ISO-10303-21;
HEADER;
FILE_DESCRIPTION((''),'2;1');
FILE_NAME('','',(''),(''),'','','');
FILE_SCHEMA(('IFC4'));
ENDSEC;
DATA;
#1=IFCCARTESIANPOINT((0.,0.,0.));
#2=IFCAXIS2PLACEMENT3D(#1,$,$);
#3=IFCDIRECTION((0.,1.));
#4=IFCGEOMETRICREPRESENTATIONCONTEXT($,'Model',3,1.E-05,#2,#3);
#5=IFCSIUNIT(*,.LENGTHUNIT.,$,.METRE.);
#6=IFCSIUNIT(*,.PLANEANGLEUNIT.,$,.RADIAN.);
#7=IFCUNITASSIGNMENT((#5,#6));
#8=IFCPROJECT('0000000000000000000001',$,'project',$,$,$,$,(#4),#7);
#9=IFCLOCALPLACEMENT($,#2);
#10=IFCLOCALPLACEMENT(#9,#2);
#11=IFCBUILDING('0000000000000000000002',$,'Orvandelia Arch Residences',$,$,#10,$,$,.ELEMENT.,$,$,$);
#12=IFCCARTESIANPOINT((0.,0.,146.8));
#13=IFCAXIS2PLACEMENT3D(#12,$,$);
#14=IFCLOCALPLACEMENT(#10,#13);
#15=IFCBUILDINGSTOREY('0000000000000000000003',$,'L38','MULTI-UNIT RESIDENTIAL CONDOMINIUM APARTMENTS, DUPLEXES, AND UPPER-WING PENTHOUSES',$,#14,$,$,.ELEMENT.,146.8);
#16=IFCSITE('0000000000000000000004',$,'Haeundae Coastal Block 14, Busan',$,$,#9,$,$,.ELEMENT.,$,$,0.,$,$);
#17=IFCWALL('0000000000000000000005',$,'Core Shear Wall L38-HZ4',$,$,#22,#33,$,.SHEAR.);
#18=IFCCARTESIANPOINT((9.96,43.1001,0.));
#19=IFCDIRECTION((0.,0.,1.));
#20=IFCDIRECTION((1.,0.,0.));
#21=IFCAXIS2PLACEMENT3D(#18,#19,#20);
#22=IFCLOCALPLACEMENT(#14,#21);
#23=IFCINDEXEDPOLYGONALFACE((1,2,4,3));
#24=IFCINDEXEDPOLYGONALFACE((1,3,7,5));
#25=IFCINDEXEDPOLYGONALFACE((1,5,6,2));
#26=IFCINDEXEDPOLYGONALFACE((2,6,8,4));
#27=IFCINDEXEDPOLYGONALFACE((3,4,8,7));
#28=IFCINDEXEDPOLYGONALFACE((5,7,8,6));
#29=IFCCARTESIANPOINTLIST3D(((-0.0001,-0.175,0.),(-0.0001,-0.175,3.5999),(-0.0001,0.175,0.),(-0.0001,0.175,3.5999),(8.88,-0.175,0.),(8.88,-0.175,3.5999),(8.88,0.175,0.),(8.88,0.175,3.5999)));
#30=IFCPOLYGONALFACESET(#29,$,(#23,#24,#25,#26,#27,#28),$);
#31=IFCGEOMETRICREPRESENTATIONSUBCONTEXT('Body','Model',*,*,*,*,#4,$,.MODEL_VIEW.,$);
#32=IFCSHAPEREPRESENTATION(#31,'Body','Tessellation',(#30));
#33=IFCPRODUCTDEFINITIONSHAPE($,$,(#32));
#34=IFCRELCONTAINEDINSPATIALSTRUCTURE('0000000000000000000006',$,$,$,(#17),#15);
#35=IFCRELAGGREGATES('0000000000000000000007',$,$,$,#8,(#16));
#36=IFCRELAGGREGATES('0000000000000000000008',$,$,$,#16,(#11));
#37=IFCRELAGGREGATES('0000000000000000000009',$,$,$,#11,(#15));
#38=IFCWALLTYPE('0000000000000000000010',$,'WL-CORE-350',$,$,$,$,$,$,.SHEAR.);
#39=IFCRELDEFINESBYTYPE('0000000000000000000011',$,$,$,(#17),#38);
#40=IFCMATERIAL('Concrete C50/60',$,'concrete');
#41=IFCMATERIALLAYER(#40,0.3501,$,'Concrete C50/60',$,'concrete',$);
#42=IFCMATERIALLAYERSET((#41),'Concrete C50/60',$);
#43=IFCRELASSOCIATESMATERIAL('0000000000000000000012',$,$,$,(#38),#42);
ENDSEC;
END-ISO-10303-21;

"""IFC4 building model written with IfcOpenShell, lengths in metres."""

from ifc_helpers import new_model, si_unit, direction, frame, frame_2d, origin, place, context, subcontext, project, spatial, rectangle, extrude, material, layer, layer_set, type_object, element, save


model = new_model("IFC4")

# Units and contexts
model_context = context("Model", 3, precision=1e-05, world=origin(), true_north=direction((0.0, 1.0)))
body_context = subcontext(model_context, "Body", "Model", "MODEL_VIEW")
ifc_project = project(units=[si_unit("LENGTHUNIT", "METRE"), si_unit("PLANEANGLEUNIT", "RADIAN")], contexts=[model_context])

# Site, building, storey
site_placement = place(None, origin())
site = spatial("IfcSite", under=ifc_project, at=site_placement, Name="Haeundae Coastal Block 14, Busan", CompositionType="ELEMENT", RefElevation=0.0)
building_placement = place(site_placement, origin())
building = spatial("IfcBuilding", under=site, at=building_placement, Name="Orvandelia Arch Residences", CompositionType="ELEMENT")
storey_placement = place(building_placement, frame((0.0, 0.0, 146.8)))
storey = spatial("IfcBuildingStorey", under=building, at=storey_placement, Name="L38", Description="MULTI-UNIT RESIDENTIAL CONDOMINIUM APARTMENTS, DUPLEXES, AND UPPER-WING PENTHOUSES", CompositionType="ELEMENT", Elevation=146.8)

# Wall
ifc_material_1 = material(Name="Concrete C50/60", Category="concrete")
ifc_layer_1 = layer(ifc_material_1, 0.3501, Name="Concrete C50/60", Category="concrete")
ifc_layer_set_1 = layer_set([ifc_layer_1], Name="Concrete C50/60")
wall_type_1 = type_object("IfcWallType", Name="WL-CORE-350", PredefinedType="SHEAR", material=ifc_layer_set_1)
wall_1_placement = place(storey_placement, frame((9.96, 43.1001, 0.0), z_axis=(0.0, 0.0, 1.0), x_axis=(1.0, 0.0, 0.0)))
element("IfcWall", 1, at=wall_1_placement, inside=storey, type_object=wall_type_1, Name="Core Shear Wall L38-HZ4", PredefinedType="SHEAR", context=body_context, shape_type="SweptSolid", body=[
    extrude(rectangle(XDim=8.8801, YDim=0.3501, at=frame_2d((4.4399, 0.0))), origin(), (0.0, 0.0, 1.0), 3.5999),
])

save(model, "model.ifc")
